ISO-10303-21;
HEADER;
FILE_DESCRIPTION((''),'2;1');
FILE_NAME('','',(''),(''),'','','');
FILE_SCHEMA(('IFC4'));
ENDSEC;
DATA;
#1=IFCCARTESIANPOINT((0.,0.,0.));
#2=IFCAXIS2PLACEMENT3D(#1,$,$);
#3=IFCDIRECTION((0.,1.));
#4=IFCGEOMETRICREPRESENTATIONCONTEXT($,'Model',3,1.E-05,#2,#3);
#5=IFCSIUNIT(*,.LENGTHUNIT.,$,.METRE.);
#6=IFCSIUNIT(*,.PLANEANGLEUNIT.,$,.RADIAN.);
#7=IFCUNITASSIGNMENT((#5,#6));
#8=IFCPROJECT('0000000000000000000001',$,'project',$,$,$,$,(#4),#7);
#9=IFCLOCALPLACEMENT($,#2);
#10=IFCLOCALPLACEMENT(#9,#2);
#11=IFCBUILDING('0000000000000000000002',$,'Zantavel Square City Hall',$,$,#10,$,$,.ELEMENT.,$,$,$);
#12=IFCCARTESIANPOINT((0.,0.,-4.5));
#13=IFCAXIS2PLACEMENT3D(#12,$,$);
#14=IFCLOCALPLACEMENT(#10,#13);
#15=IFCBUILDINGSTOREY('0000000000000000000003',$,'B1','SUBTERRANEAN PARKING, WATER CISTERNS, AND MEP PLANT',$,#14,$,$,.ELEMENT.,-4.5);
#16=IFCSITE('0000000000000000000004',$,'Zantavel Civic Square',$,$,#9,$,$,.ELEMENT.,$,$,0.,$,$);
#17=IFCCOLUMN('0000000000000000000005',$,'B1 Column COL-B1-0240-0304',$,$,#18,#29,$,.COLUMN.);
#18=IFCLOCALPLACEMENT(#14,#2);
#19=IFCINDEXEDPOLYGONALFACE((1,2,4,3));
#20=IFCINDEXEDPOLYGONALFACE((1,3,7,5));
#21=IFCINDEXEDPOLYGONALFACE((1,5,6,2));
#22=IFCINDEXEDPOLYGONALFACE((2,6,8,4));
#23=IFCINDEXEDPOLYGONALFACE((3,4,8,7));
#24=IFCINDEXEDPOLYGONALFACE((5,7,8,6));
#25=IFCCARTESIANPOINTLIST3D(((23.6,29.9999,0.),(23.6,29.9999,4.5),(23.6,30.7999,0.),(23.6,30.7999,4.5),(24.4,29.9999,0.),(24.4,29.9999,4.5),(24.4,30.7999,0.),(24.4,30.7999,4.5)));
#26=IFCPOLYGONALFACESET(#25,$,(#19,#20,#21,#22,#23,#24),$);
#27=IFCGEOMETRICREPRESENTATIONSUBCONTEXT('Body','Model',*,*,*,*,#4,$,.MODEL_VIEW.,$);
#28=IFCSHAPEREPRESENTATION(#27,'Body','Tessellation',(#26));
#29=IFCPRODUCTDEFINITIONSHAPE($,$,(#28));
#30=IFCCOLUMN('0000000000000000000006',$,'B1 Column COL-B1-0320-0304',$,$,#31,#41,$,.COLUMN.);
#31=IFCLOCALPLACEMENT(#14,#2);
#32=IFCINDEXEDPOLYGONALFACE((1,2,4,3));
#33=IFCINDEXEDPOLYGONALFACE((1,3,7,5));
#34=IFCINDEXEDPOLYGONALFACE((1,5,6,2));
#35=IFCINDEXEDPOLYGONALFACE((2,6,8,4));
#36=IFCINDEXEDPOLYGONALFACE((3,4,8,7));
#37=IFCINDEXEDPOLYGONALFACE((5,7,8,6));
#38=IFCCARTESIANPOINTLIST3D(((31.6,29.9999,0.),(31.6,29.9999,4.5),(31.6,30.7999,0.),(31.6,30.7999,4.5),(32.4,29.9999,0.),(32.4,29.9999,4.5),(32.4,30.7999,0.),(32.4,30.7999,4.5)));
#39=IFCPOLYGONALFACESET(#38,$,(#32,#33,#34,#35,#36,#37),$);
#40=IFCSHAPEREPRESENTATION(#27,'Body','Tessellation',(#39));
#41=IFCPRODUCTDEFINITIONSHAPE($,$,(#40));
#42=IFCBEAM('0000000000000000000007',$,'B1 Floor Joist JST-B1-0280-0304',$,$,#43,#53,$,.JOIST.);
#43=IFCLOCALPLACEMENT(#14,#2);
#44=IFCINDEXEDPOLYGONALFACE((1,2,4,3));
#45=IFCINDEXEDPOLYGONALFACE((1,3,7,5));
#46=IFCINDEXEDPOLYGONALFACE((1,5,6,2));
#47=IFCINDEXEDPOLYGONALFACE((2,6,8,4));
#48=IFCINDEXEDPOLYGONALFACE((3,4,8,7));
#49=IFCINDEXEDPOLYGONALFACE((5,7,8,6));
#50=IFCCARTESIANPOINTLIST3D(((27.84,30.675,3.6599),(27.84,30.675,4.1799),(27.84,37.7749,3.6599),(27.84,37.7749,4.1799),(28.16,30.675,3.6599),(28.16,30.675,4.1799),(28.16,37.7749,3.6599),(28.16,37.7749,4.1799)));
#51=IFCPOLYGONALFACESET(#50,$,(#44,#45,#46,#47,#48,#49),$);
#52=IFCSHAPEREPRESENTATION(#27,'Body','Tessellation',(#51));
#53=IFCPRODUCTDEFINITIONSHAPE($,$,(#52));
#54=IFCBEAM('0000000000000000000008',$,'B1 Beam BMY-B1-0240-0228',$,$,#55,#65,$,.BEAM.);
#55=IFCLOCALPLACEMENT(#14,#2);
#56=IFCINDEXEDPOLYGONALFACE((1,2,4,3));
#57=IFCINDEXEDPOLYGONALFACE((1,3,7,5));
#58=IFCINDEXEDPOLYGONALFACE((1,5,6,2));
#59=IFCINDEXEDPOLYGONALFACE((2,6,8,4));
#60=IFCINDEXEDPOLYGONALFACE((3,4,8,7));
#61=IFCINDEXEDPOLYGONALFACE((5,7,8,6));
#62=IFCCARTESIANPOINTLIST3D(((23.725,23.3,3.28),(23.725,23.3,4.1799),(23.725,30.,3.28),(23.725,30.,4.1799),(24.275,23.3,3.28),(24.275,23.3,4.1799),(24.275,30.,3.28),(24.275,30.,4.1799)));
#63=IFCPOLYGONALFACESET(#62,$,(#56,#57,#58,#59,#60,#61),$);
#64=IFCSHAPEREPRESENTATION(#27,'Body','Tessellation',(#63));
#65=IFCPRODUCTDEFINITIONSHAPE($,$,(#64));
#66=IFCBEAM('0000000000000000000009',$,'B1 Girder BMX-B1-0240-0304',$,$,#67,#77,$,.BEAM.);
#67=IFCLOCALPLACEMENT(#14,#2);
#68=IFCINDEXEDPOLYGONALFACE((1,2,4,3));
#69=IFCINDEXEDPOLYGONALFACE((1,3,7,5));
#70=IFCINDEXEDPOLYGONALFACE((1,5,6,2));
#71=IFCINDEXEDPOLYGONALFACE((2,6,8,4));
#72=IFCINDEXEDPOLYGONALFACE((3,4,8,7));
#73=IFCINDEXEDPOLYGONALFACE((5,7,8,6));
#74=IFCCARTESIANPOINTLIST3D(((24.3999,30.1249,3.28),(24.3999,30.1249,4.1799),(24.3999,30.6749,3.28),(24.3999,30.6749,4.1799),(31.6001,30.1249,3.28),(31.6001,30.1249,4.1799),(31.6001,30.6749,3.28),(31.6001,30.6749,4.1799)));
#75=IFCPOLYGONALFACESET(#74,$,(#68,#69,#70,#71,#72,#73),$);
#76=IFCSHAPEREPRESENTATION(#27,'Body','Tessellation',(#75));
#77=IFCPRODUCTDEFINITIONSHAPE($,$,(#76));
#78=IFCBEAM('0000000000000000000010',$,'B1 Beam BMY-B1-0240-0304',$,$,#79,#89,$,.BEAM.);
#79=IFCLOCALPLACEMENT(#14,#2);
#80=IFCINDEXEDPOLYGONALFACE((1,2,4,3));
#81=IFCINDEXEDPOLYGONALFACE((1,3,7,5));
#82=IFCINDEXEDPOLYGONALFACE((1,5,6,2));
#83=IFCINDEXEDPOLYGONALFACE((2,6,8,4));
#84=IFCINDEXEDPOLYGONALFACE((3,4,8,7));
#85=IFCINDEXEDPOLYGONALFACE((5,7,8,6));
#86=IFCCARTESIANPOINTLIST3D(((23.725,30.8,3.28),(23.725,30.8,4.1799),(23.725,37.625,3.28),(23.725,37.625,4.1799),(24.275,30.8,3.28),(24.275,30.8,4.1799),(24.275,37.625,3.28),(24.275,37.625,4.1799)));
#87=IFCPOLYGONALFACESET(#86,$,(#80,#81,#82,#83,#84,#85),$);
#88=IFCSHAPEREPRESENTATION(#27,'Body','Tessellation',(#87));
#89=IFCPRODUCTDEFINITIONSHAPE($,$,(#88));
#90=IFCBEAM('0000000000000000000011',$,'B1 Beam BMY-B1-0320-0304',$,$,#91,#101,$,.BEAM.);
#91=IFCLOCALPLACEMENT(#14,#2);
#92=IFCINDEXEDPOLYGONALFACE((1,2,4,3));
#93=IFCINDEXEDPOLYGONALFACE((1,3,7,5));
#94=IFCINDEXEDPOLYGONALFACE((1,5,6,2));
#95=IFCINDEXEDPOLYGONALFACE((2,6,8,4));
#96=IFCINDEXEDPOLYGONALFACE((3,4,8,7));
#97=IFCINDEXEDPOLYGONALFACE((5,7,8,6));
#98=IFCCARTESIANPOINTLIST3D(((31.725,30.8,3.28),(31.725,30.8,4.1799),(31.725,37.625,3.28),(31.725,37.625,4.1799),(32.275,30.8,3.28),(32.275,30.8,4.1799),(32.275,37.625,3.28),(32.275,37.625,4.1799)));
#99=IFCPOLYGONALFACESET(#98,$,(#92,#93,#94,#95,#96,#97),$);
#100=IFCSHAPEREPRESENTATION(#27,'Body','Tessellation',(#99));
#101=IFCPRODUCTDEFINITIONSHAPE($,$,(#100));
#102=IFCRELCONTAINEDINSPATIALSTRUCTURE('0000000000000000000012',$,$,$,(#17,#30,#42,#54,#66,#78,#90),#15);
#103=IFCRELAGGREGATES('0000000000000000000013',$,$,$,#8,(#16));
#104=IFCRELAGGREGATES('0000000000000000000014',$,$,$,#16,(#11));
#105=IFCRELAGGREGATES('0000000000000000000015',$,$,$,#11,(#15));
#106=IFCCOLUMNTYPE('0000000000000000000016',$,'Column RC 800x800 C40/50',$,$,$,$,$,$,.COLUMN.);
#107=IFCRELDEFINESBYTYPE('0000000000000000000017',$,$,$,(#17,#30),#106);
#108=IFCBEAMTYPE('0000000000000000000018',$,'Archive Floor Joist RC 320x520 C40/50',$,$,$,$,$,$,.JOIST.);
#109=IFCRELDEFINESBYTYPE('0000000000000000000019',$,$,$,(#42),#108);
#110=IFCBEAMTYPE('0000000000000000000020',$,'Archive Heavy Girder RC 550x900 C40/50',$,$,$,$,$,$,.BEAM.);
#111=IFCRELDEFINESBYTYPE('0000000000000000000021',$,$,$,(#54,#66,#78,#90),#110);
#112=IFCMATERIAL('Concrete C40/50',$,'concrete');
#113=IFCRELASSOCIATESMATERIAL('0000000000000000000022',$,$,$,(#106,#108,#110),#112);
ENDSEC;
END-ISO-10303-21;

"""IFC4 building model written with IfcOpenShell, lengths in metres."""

from ifc_helpers import new_model, si_unit, direction, frame, origin, origin_2d, place, context, subcontext, project, spatial, rectangle, extrude, material, material_profile, profile_set, type_object, element, save


model = new_model("IFC4")

# Units and contexts
model_context = context("Model", 3, precision=1e-05, world=origin(), true_north=direction((0.0, 1.0)))
body_context = subcontext(model_context, "Body", "Model", "MODEL_VIEW")
ifc_project = project(units=[si_unit("LENGTHUNIT", "METRE"), si_unit("PLANEANGLEUNIT", "RADIAN")], contexts=[model_context])

# Site, building, storey
site_placement = place(None, origin())
site = spatial("IfcSite", under=ifc_project, at=site_placement, Name="Zantavel Civic Square", CompositionType="ELEMENT", RefElevation=0.0)
building_placement = place(site_placement, origin())
building = spatial("IfcBuilding", under=site, at=building_placement, Name="Zantavel Square City Hall", CompositionType="ELEMENT")
storey_placement = place(building_placement, frame((0.0, 0.0, -4.5)))
storey = spatial("IfcBuildingStorey", under=building, at=storey_placement, Name="B1", Description="SUBTERRANEAN PARKING, WATER CISTERNS, AND MEP PLANT", CompositionType="ELEMENT", Elevation=-4.5)

# Shared definitions
ifc_material_1 = material(Name="Concrete C40/50", Category="concrete")

# Columns
ifc_material_profile_1 = material_profile(ifc_material_1, rectangle(XDim=0.8, YDim=0.8, at=origin_2d()), Name="RC 800x800")
ifc_profile_set_1 = profile_set([ifc_material_profile_1], Name="Concrete C40/50")
column_type_1 = type_object("IfcColumnType", Name="Column RC 800x800 C40/50", PredefinedType="COLUMN", material=ifc_profile_set_1)
for number, where, z_axis, x_axis, name in (
    (1, (24.0, 30.3999, 0.0), (0.0, 0.0, 1.0), (1.0, 0.0, 0.0), "B1 Column COL-B1-0240-0304"),
    (2, (32.0, 30.3999, 0.0), (0.0, 0.0, 1.0), (1.0, 0.0, 0.0), "B1 Column COL-B1-0320-0304"),
):
    element("IfcColumn", number, at=place(storey_placement, frame(where, z_axis=z_axis, x_axis=x_axis)), inside=storey, type_object=column_type_1, Name=name, PredefinedType="COLUMN", context=body_context, shape_type="SweptSolid", body=[
        extrude(rectangle(XDim=0.8, YDim=0.8, at=origin_2d()), origin(), (0.0, 0.0, 1.0), 4.5),
    ])

# Beams
ifc_material_profile_2 = material_profile(ifc_material_1, rectangle(XDim=0.3201, YDim=0.52, at=origin_2d()), Name="RC 320x520")
ifc_profile_set_2 = profile_set([ifc_material_profile_2], Name="Concrete C40/50")
beam_type_1 = type_object("IfcBeamType", Name="Archive Floor Joist RC 320x520 C40/50", PredefinedType="JOIST", material=ifc_profile_set_2)
beam_1_placement = place(storey_placement, frame((28.0, 30.675, 3.9199), z_axis=(0.0, 1.0, 0.0), x_axis=(-1.0, 0.0, 0.0)))
element("IfcBeam", 3, at=beam_1_placement, inside=storey, type_object=beam_type_1, Name="B1 Floor Joist JST-B1-0280-0304", PredefinedType="JOIST", context=body_context, shape_type="SweptSolid", body=[
    extrude(rectangle(XDim=0.3201, YDim=0.52, at=origin_2d()), origin(), (0.0, 0.0, 1.0), 7.0999),
])
ifc_material_profile_3 = material_profile(ifc_material_1, rectangle(XDim=0.55, YDim=0.8999, at=origin_2d()), Name="RC 550x900")
ifc_profile_set_3 = profile_set([ifc_material_profile_3], Name="Concrete C40/50")
beam_type_2 = type_object("IfcBeamType", Name="Archive Heavy Girder RC 550x900 C40/50", PredefinedType="BEAM", material=ifc_profile_set_3)
beam_2_placement = place(storey_placement, frame((24.0, 23.3, 3.73), z_axis=(0.0, 1.0, 0.0), x_axis=(-1.0, 0.0, 0.0)))
element("IfcBeam", 4, at=beam_2_placement, inside=storey, type_object=beam_type_2, Name="B1 Beam BMY-B1-0240-0228", PredefinedType="BEAM", context=body_context, shape_type="SweptSolid", body=[
    extrude(rectangle(XDim=0.55, YDim=0.8999, at=origin_2d()), origin(), (0.0, 0.0, 1.0), 6.7),
])
beam_3_placement = place(storey_placement, frame((24.3999, 30.3999, 3.73), z_axis=(1.0, 0.0, 0.0), x_axis=(0.0, 1.0, 0.0)))
element("IfcBeam", 5, at=beam_3_placement, inside=storey, type_object=beam_type_2, Name="B1 Girder BMX-B1-0240-0304", PredefinedType="BEAM", context=body_context, shape_type="SweptSolid", body=[
    extrude(rectangle(XDim=0.55, YDim=0.8999, at=origin_2d()), origin(), (0.0, 0.0, 1.0), 7.2002),
])
for number, where, z_axis, x_axis, name in (
    (6, (24.0, 30.8, 3.73), (0.0, 1.0, 0.0), (-1.0, 0.0, 0.0), "B1 Beam BMY-B1-0240-0304"),
    (7, (32.0, 30.8, 3.73), (0.0, 1.0, 0.0), (-1.0, 0.0, 0.0), "B1 Beam BMY-B1-0320-0304"),
):
    element("IfcBeam", number, at=place(storey_placement, frame(where, z_axis=z_axis, x_axis=x_axis)), inside=storey, type_object=beam_type_2, Name=name, PredefinedType="BEAM", context=body_context, shape_type="SweptSolid", body=[
        extrude(rectangle(XDim=0.55, YDim=0.8999, at=origin_2d()), origin(), (0.0, 0.0, 1.0), 6.825),
    ])

save(model, "model.ifc")
